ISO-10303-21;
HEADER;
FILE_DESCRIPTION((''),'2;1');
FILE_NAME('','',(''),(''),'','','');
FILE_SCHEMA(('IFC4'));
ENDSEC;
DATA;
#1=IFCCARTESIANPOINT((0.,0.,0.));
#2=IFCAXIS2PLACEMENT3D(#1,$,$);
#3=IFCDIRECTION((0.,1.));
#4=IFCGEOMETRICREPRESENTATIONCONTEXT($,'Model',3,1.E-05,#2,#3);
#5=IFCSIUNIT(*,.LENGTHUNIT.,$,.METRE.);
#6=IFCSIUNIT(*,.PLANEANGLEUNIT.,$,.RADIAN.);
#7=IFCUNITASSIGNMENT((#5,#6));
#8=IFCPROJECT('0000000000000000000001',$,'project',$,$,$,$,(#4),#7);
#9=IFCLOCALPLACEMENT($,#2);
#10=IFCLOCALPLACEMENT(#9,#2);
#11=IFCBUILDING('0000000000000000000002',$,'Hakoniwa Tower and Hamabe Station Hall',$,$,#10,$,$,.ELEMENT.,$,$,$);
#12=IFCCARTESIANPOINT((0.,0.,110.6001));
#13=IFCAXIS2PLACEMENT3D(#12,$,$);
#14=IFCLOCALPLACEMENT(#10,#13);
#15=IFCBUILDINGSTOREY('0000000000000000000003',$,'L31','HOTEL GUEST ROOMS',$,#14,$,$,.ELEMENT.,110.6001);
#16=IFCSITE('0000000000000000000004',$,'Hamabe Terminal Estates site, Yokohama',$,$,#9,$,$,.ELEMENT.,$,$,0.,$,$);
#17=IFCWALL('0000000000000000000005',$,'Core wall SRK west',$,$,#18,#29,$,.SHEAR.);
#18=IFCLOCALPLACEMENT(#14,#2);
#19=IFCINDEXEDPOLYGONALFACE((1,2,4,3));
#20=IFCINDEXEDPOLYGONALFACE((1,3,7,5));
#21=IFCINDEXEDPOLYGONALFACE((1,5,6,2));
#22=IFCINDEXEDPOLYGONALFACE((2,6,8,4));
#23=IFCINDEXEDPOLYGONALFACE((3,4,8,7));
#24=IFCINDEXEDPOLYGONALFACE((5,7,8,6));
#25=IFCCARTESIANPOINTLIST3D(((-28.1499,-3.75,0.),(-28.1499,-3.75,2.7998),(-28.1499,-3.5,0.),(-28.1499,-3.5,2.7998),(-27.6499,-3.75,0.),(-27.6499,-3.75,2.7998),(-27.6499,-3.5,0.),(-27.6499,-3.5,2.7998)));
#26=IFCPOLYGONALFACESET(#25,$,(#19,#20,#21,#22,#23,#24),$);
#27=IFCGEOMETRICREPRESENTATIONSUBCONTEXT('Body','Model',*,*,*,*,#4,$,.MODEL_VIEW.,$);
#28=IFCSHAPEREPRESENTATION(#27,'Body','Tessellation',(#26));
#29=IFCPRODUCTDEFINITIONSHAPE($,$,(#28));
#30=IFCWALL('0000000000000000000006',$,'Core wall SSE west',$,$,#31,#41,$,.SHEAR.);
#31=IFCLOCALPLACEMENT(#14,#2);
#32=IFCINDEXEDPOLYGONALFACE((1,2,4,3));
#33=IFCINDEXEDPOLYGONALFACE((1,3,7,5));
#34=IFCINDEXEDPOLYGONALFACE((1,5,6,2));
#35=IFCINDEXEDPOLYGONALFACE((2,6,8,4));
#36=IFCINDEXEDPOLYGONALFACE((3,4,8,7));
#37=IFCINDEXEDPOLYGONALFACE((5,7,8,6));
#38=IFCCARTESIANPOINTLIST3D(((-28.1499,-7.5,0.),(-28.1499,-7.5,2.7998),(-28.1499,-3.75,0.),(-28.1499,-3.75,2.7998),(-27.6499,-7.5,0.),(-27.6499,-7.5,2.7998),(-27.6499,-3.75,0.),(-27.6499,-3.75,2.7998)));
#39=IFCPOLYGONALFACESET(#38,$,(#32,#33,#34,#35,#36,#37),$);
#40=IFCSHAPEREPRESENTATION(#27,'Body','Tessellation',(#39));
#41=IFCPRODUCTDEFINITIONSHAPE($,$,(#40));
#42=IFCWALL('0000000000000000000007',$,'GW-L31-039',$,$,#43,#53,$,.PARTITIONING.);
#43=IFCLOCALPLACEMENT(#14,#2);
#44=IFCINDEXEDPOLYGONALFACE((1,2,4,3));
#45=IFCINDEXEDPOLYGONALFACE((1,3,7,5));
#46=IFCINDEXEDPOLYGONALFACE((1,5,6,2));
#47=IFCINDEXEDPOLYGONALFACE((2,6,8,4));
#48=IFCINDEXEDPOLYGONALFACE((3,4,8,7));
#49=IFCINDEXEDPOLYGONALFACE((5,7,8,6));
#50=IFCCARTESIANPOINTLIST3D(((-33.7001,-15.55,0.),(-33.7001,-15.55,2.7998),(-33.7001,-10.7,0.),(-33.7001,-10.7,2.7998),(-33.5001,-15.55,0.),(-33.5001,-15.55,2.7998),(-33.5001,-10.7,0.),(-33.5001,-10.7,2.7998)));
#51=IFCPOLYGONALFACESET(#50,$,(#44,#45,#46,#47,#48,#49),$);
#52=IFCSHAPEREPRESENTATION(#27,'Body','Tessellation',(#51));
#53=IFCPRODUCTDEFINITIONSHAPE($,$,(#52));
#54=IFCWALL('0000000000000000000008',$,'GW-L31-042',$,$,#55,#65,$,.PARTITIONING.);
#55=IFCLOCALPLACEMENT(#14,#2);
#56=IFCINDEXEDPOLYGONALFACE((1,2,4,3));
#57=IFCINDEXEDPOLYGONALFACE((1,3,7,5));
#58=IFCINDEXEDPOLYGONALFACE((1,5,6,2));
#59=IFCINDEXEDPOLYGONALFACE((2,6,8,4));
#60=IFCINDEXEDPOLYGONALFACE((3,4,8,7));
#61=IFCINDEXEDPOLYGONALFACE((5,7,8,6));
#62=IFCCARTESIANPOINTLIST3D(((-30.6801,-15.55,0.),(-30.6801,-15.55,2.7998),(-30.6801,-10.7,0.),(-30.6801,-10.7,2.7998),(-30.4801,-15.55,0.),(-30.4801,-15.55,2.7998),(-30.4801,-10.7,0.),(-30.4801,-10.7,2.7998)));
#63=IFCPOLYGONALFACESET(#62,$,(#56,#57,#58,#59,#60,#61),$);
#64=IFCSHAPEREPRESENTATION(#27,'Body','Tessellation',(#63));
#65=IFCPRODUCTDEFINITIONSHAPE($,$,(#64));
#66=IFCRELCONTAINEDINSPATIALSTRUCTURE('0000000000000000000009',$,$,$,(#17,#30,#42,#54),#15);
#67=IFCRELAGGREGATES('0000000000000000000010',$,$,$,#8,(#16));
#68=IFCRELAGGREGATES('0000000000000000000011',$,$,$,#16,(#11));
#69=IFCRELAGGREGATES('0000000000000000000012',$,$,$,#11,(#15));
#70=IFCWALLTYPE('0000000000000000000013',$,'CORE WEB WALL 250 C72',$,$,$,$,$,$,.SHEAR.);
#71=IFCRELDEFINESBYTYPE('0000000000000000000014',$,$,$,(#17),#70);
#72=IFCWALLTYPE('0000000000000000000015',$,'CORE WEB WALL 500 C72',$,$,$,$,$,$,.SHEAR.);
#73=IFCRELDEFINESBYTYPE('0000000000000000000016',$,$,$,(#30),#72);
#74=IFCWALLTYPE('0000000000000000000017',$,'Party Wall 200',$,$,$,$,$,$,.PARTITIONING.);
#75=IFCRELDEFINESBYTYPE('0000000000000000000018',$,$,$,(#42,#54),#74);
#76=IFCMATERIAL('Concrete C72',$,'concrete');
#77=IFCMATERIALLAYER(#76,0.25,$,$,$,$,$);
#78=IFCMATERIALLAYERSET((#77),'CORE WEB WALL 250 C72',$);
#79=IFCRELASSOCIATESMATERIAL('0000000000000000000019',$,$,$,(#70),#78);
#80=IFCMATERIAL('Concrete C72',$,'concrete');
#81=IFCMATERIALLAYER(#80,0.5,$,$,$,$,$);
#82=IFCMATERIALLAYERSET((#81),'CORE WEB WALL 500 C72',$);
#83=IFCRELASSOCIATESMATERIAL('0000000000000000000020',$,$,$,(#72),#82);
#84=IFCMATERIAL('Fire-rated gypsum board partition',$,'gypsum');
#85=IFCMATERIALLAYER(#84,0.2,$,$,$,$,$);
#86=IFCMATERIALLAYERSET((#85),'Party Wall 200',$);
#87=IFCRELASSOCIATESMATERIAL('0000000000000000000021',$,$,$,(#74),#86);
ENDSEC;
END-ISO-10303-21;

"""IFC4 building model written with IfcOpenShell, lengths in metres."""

from ifc_helpers import new_model, si_unit, direction, frame, frame_2d, origin, place, context, subcontext, project, spatial, rectangle, extrude, material, layer, layer_set, type_object, element, save


model = new_model("IFC4")

# Units and contexts
model_context = context("Model", 3, precision=1e-05, world=origin(), true_north=direction((0.0, 1.0)))
body_context = subcontext(model_context, "Body", "Model", "MODEL_VIEW")
ifc_project = project(units=[si_unit("LENGTHUNIT", "METRE"), si_unit("PLANEANGLEUNIT", "RADIAN")], contexts=[model_context])

# Site, building, storey
site_placement = place(None, origin())
site = spatial("IfcSite", under=ifc_project, at=site_placement, Name="Hamabe Terminal Estates site, Yokohama", CompositionType="ELEMENT", RefElevation=0.0)
building_placement = place(site_placement, origin())
building = spatial("IfcBuilding", under=site, at=building_placement, Name="Hakoniwa Tower and Hamabe Station Hall", CompositionType="ELEMENT")
storey_placement = place(building_placement, frame((0.0, 0.0, 110.6001)))
storey = spatial("IfcBuildingStorey", under=building, at=storey_placement, Name="L31", Description="HOTEL GUEST ROOMS", CompositionType="ELEMENT", Elevation=110.6001)

# Shared definitions
ifc_material_1 = material(Name="Concrete C72", Category="concrete")
ifc_layer_1 = layer(ifc_material_1, 0.25)
ifc_layer_set_1 = layer_set([ifc_layer_1], Name="CORE WEB WALL 250 C72")
wall_type_1 = type_object("IfcWallType", Name="CORE WEB WALL 250 C72", PredefinedType="SHEAR", material=ifc_layer_set_1)

# Walls
wall_1_placement = place(storey_placement, frame((-28.1499, -3.625, 0.0), z_axis=(0.0, 0.0, 1.0), x_axis=(1.0, 0.0, 0.0)))
element("IfcWall", 1, at=wall_1_placement, inside=storey, type_object=wall_type_1, Name="Core wall SRK west", PredefinedType="SHEAR", context=body_context, shape_type="SweptSolid", body=[
    extrude(rectangle(XDim=0.5, YDim=0.25, at=frame_2d((0.25, 0.0))), origin(), (0.0, 0.0, 1.0), 2.7998),
])
ifc_material_2 = material(Name="Concrete C72", Category="concrete")
ifc_layer_2 = layer(ifc_material_2, 0.5)
ifc_layer_set_2 = layer_set([ifc_layer_2], Name="CORE WEB WALL 500 C72")
wall_type_2 = type_object("IfcWallType", Name="CORE WEB WALL 500 C72", PredefinedType="SHEAR", material=ifc_layer_set_2)
wall_2_placement = place(storey_placement, frame((-27.8999, -7.5, 0.0), z_axis=(0.0, 0.0, 1.0), x_axis=(0.0, 1.0, 0.0)))
element("IfcWall", 2, at=wall_2_placement, inside=storey, type_object=wall_type_2, Name="Core wall SSE west", PredefinedType="SHEAR", context=body_context, shape_type="SweptSolid", body=[
    extrude(rectangle(XDim=3.75, YDim=0.5, at=frame_2d((1.875, 0.0))), origin(), (0.0, 0.0, 1.0), 2.7998),
])
ifc_material_3 = material(Name="Fire-rated gypsum board partition", Category="gypsum")
ifc_layer_3 = layer(ifc_material_3, 0.2)
ifc_layer_set_3 = layer_set([ifc_layer_3], Name="Party Wall 200")
wall_type_3 = type_object("IfcWallType", Name="Party Wall 200", PredefinedType="PARTITIONING", material=ifc_layer_set_3)
for number, where, z_axis, x_axis, name in (
    (3, (-33.6001, -15.55, 0.0), (0.0, 0.0, 1.0), (0.0, 1.0, 0.0), "GW-L31-039"),
    (4, (-30.5801, -15.55, 0.0), (0.0, 0.0, 1.0), (0.0, 1.0, 0.0), "GW-L31-042"),
):
    element("IfcWall", number, at=place(storey_placement, frame(where, z_axis=z_axis, x_axis=x_axis)), inside=storey, type_object=wall_type_3, Name=name, PredefinedType="PARTITIONING", context=body_context, shape_type="SweptSolid", body=[
        extrude(rectangle(XDim=4.8501, YDim=0.2, at=frame_2d((2.425, 0.0))), origin(), (0.0, 0.0, 1.0), 2.7998),
    ])

save(model, "model.ifc")
